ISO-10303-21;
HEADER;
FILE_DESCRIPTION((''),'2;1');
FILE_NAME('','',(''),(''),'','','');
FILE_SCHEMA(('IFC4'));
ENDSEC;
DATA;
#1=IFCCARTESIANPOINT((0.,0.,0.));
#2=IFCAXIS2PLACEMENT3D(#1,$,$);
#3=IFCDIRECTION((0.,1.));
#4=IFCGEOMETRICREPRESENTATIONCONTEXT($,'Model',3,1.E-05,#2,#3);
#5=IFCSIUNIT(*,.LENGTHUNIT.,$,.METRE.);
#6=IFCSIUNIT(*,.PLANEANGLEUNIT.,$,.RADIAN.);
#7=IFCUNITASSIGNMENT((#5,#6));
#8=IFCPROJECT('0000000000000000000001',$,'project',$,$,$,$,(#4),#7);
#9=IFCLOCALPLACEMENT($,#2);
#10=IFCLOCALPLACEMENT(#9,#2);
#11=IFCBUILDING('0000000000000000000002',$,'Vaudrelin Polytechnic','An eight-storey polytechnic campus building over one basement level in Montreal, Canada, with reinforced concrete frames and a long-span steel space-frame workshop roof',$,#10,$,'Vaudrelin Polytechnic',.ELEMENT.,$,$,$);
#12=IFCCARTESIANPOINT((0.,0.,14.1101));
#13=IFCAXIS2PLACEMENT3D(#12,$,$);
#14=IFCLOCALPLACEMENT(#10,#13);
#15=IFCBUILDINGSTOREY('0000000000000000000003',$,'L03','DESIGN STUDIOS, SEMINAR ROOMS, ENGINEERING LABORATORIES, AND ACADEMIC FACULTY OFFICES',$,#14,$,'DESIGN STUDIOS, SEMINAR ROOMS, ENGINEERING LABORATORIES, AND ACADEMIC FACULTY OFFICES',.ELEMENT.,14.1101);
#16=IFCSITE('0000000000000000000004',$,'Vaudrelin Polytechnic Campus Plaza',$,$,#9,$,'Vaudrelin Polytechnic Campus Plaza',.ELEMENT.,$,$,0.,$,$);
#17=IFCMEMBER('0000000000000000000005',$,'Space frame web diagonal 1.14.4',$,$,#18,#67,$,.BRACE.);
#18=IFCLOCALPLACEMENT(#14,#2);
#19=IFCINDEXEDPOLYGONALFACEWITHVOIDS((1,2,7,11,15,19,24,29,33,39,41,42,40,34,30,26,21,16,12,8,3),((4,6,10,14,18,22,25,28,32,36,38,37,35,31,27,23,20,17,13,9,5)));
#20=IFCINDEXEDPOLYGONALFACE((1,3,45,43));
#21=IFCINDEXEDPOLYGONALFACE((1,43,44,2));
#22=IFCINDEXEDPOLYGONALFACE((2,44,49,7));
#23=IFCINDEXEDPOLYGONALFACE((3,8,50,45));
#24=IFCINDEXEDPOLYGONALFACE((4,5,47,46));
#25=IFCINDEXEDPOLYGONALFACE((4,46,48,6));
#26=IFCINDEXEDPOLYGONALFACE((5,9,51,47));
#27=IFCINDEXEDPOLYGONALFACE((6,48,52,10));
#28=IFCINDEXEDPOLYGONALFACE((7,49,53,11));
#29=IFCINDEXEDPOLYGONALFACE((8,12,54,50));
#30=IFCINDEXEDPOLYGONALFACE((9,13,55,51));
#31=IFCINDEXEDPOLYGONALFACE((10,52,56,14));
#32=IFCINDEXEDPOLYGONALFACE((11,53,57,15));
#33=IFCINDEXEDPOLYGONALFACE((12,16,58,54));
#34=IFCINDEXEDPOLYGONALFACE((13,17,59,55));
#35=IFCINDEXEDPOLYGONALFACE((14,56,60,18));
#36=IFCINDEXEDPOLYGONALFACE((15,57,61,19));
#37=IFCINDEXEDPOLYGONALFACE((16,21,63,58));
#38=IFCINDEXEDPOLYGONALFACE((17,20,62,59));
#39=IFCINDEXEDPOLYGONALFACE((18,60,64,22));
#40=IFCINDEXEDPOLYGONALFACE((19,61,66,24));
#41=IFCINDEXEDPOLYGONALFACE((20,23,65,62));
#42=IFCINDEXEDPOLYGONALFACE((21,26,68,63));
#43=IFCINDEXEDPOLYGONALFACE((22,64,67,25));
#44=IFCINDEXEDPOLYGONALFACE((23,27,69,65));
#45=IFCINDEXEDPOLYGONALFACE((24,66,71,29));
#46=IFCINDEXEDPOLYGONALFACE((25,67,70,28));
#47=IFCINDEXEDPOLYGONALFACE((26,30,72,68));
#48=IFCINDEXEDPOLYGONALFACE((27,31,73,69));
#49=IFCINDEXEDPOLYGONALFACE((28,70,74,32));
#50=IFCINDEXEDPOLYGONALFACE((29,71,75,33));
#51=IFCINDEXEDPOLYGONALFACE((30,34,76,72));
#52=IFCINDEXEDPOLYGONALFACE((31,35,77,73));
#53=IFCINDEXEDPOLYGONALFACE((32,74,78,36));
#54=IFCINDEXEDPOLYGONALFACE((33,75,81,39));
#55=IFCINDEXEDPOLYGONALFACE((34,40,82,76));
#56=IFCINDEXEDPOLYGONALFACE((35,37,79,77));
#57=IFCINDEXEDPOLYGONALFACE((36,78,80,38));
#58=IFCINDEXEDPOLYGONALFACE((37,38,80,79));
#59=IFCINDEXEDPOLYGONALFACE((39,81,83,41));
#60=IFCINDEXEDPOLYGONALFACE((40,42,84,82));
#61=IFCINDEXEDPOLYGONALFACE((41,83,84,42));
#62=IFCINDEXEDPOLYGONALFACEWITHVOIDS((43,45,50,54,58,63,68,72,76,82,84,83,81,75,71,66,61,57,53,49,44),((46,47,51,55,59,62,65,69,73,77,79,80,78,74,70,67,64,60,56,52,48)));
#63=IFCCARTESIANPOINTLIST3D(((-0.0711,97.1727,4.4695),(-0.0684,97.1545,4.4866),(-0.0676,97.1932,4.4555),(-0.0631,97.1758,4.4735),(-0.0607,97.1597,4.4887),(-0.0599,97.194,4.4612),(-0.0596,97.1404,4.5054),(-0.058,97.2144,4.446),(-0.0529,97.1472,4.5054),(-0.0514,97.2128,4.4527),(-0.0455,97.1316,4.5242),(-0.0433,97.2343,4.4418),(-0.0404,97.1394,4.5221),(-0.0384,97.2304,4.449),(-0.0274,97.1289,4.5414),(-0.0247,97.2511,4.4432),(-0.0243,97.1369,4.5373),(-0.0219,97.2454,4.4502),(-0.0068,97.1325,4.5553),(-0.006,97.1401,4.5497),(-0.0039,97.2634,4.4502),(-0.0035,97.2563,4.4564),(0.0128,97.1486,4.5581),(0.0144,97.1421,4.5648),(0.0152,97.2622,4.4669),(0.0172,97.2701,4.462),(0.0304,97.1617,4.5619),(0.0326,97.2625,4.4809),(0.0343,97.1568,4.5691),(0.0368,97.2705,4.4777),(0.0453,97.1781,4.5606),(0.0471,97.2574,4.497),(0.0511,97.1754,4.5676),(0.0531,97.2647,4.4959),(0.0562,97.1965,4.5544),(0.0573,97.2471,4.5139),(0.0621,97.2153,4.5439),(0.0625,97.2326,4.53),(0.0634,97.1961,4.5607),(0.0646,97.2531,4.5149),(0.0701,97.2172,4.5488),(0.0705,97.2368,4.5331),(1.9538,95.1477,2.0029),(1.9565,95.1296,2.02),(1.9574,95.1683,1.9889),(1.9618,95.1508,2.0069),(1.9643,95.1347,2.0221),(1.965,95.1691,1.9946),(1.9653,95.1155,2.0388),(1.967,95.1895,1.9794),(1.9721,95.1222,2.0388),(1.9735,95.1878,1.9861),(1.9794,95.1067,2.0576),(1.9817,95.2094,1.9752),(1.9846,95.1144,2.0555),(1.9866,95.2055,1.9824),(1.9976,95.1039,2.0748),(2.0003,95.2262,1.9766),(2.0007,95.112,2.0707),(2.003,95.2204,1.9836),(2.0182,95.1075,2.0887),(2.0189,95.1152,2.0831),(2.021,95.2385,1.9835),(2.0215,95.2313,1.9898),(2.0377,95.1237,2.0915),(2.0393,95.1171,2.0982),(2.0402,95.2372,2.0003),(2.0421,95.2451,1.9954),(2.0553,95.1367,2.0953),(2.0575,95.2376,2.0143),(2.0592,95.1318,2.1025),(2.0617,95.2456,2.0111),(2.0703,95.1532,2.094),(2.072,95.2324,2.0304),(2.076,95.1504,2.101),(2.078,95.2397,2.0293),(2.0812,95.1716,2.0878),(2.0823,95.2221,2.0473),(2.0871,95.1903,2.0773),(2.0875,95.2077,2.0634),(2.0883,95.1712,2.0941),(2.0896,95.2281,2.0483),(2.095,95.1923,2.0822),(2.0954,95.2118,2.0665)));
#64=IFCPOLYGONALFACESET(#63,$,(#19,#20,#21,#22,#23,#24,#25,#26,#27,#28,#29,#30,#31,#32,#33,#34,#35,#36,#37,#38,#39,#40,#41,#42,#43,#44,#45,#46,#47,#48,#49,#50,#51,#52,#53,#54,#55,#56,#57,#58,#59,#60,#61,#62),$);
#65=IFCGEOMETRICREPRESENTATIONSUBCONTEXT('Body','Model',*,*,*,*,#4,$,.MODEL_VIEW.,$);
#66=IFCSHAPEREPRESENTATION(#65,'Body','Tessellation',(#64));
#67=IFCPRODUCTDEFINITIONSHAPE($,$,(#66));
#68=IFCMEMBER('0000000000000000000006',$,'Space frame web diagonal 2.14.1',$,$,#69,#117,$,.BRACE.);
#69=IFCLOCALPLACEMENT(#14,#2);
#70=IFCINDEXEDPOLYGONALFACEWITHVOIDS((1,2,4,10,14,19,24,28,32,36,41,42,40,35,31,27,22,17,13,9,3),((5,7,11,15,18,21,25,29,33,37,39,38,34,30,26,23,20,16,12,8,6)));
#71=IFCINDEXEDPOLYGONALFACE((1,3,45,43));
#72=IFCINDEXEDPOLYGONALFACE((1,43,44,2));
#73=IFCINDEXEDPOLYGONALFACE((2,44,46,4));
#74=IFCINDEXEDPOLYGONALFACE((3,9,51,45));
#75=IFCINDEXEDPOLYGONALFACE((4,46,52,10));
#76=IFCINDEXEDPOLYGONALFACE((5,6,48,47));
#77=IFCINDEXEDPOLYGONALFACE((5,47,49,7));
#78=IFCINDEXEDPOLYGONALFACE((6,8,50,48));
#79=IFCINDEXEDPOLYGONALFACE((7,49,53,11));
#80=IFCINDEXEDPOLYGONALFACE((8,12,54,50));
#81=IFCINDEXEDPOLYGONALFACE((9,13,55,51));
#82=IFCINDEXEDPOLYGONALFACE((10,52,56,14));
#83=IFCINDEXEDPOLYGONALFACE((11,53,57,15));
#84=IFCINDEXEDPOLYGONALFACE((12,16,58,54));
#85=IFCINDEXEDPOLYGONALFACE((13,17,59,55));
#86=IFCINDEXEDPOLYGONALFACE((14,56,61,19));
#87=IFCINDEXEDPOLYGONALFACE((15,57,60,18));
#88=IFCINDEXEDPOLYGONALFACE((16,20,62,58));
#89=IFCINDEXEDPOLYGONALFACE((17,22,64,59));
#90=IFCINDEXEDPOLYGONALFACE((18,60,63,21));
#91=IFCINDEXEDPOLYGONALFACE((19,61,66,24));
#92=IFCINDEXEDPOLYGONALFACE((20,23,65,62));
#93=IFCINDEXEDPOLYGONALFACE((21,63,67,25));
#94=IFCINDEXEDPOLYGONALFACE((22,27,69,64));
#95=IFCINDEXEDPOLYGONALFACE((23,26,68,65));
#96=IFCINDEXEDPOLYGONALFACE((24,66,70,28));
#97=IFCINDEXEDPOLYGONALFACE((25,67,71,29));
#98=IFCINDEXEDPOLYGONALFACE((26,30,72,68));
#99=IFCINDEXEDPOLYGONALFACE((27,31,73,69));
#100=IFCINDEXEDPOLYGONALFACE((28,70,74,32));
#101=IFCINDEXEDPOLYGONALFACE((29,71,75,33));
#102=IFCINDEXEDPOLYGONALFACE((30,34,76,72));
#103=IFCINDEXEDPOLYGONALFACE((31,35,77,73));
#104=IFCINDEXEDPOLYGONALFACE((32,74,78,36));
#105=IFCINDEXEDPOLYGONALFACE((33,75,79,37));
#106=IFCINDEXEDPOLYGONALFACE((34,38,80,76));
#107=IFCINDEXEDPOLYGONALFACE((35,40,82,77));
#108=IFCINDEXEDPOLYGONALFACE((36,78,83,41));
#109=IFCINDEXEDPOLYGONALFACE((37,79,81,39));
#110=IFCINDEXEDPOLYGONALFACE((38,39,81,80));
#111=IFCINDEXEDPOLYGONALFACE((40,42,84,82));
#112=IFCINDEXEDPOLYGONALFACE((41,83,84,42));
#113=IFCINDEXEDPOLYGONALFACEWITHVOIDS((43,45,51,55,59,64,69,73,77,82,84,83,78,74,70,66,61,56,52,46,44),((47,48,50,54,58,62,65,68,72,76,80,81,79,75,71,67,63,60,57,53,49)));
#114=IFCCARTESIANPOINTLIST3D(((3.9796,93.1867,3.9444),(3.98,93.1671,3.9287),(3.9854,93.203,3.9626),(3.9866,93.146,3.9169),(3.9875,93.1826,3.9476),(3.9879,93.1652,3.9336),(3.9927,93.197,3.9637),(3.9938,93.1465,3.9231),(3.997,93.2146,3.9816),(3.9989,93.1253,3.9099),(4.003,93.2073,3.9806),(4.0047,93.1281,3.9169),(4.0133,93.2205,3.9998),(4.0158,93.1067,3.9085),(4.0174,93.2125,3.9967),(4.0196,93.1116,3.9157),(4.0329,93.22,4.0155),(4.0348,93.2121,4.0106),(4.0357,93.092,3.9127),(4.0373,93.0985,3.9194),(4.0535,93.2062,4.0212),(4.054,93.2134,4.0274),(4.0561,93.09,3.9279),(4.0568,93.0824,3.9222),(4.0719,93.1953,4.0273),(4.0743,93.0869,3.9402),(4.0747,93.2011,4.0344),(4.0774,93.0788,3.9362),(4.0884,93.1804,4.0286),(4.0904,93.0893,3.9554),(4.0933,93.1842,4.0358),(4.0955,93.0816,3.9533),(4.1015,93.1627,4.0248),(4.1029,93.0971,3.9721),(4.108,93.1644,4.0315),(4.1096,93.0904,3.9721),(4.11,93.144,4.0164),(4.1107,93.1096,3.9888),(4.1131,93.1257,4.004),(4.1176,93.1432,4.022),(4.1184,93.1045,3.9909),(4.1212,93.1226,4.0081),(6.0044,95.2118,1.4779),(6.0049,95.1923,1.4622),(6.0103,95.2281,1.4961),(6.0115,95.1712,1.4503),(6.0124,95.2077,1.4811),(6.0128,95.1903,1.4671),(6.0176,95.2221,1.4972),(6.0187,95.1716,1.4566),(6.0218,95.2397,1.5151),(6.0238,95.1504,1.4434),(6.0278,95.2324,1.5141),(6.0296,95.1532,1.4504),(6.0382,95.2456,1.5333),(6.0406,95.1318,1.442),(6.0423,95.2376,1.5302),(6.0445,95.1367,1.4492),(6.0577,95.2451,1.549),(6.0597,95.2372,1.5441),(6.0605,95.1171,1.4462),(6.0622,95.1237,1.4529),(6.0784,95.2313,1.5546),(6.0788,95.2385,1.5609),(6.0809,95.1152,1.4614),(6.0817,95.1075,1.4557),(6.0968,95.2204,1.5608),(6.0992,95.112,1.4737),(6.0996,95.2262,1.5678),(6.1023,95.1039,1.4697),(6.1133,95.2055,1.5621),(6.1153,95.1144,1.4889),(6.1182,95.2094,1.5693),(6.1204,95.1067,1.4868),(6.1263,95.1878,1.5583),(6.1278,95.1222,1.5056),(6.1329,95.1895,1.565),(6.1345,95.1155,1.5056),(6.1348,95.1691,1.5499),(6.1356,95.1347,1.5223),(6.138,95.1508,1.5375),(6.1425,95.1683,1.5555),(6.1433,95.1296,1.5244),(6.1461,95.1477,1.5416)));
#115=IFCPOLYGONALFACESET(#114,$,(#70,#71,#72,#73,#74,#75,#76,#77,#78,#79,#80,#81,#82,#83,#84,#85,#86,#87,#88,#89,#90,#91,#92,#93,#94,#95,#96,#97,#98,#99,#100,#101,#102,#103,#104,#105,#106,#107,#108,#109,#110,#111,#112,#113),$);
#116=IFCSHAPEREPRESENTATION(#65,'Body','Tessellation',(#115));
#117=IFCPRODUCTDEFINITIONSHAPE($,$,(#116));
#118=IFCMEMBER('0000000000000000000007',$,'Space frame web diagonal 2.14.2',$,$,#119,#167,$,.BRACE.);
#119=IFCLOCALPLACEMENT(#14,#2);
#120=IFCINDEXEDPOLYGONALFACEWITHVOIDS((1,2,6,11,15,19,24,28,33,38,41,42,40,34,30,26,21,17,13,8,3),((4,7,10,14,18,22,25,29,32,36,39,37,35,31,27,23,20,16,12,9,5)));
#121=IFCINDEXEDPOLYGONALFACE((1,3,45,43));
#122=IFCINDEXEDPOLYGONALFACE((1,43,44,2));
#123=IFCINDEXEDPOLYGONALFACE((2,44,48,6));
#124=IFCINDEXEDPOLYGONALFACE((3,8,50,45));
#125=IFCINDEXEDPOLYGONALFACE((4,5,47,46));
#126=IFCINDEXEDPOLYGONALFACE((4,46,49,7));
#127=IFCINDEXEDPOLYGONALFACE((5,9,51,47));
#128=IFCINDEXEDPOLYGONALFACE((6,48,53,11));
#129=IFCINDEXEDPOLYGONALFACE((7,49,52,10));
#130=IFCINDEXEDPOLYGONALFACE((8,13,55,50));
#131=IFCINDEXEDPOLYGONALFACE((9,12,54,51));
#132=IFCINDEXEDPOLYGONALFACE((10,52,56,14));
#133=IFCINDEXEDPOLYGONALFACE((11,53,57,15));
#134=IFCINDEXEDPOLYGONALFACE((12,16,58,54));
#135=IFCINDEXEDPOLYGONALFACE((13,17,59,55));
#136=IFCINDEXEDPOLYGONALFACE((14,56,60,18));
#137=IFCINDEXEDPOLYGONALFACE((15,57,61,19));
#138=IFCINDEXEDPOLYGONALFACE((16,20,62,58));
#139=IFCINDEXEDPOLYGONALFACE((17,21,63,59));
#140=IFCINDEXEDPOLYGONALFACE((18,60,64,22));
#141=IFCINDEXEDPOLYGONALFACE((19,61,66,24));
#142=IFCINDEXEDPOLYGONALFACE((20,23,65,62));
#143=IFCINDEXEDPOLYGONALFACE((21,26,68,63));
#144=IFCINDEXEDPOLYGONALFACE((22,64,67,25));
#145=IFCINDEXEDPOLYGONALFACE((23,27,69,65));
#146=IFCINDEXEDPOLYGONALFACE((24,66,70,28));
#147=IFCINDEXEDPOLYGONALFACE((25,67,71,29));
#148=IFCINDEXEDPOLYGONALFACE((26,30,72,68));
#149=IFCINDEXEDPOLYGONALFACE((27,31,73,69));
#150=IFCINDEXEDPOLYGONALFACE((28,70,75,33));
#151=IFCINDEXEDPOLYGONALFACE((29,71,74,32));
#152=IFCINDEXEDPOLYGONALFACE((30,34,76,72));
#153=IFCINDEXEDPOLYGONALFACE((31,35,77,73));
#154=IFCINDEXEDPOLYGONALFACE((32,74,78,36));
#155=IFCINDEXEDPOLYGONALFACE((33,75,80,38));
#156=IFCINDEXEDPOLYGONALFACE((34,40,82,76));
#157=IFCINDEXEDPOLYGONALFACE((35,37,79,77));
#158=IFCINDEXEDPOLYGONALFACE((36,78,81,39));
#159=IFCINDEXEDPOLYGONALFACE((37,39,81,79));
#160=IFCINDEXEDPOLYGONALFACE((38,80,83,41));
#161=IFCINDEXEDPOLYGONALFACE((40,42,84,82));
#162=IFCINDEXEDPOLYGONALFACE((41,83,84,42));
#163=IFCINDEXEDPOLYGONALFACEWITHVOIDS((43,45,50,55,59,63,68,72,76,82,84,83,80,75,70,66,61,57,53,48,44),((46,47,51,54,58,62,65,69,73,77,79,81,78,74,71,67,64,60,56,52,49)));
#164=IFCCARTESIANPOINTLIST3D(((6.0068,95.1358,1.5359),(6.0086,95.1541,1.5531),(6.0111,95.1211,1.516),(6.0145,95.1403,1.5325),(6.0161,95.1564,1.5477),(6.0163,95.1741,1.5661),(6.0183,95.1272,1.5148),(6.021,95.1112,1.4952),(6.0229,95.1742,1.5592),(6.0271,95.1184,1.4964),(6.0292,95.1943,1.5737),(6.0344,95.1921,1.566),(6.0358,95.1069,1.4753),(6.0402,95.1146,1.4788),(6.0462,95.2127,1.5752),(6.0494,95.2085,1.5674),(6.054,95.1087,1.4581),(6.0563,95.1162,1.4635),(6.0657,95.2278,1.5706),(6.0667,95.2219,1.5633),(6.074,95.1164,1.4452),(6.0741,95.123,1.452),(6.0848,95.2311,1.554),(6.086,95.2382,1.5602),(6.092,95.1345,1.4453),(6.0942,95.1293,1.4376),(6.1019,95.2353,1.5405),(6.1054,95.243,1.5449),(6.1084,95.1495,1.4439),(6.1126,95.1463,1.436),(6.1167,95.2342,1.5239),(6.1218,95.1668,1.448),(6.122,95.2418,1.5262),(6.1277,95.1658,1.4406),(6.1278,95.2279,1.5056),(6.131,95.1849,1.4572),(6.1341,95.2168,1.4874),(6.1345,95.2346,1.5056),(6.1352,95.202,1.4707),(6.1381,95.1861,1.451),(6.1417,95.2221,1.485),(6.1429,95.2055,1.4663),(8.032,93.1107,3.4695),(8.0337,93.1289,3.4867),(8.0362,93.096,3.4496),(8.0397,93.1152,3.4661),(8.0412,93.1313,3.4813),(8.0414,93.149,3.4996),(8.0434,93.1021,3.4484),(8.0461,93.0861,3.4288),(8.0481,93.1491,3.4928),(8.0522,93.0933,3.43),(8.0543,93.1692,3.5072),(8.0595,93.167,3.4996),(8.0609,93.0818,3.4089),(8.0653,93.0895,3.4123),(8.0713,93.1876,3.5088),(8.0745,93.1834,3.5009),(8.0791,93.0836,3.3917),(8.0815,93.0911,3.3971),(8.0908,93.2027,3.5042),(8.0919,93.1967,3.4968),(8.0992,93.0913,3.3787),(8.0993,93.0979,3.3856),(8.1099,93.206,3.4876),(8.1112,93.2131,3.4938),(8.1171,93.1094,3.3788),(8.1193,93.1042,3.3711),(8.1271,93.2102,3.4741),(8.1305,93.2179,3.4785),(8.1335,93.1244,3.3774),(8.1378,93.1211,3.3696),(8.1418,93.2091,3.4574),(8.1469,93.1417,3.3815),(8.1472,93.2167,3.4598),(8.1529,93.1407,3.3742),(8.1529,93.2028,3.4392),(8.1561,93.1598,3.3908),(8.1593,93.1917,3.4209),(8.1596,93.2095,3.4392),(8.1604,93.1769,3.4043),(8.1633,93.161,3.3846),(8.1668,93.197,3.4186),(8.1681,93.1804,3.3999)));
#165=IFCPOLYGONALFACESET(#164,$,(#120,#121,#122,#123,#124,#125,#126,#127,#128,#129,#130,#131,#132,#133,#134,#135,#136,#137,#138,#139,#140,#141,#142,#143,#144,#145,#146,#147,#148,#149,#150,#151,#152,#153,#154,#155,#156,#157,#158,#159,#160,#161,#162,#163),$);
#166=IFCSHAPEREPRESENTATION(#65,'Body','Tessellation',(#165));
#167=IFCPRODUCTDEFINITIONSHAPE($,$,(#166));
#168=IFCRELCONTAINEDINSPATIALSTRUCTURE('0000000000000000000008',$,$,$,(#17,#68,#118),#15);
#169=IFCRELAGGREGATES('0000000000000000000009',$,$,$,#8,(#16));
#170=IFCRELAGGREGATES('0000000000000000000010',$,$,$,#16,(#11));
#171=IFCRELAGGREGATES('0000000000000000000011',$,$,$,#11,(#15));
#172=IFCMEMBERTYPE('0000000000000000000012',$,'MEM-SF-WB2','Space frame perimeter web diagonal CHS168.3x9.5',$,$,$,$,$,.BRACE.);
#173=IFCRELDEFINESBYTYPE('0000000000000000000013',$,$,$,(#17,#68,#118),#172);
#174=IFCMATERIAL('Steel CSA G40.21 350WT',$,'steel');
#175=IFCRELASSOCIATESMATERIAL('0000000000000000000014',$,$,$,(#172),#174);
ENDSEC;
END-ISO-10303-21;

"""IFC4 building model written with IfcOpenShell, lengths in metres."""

from ifc_helpers import new_model, si_unit, direction, frame, origin, origin_2d, place, context, subcontext, project, spatial, hollow_circle, extrude, material, material_profile, profile_set, type_object, element, save


model = new_model("IFC4")

# Units and contexts
model_context = context("Model", 3, precision=1e-05, world=origin(), true_north=direction((0.0, 1.0)))
body_context = subcontext(model_context, "Body", "Model", "MODEL_VIEW")
ifc_project = project(units=[si_unit("LENGTHUNIT", "METRE"), si_unit("PLANEANGLEUNIT", "RADIAN")], contexts=[model_context])

# Site, building, storey
site_placement = place(None, origin())
site = spatial("IfcSite", under=ifc_project, at=site_placement, Name="Vaudrelin Polytechnic Campus Plaza", LongName="Vaudrelin Polytechnic Campus Plaza", CompositionType="ELEMENT", RefElevation=0.0)
building_placement = place(site_placement, origin())
building = spatial("IfcBuilding", under=site, at=building_placement, Name="Vaudrelin Polytechnic", Description="An eight-storey polytechnic campus building over one basement level in Montreal, Canada, with reinforced concrete frames and a long-span steel space-frame workshop roof", LongName="Vaudrelin Polytechnic", CompositionType="ELEMENT")
storey_placement = place(building_placement, frame((0.0, 0.0, 14.1101)))
storey = spatial("IfcBuildingStorey", under=building, at=storey_placement, Name="L03", Description="DESIGN STUDIOS, SEMINAR ROOMS, ENGINEERING LABORATORIES, AND ACADEMIC FACULTY OFFICES", LongName="DESIGN STUDIOS, SEMINAR ROOMS, ENGINEERING LABORATORIES, AND ACADEMIC FACULTY OFFICES", CompositionType="ELEMENT", Elevation=14.1101)

# Shared definitions
ifc_material_1 = material(Name="Steel CSA G40.21 350WT", Category="steel")

# Members
ifc_material_profile_1 = material_profile(ifc_material_1, hollow_circle(Radius=0.0842, WallThickness=0.0095, at=origin_2d()), Name="CHS168.3x9.5")
ifc_profile_set_1 = profile_set([ifc_material_profile_1], Name="Steel CSA G40.21 350WT")
member_type_1 = type_object("IfcMemberType", Name="MEM-SF-WB2", Description="Space frame perimeter web diagonal CHS168.3x9.5", PredefinedType="BRACE", material=ifc_profile_set_1)
for number, where, z_axis, x_axis, name in (
    (1, (2.0249, 95.175, 2.0388), (-0.535765, 0.535765, 0.65262), (-0.707107, -0.707107, 0.0), "Space frame web diagonal 1.14.4"),
    (2, (6.075, 95.175, 1.5056), (-0.535746, -0.535811, 0.652597), (0.707149, -0.707064, 0.0), "Space frame web diagonal 2.14.1"),
):
    element("IfcMember", number, at=place(storey_placement, frame(where, z_axis=z_axis, x_axis=x_axis)), inside=storey, type_object=member_type_1, Name=name, PredefinedType="BRACE", context=body_context, shape_type="SweptSolid", body=[
        extrude(hollow_circle(Radius=0.0842, WallThickness=0.0095, at=origin_2d()), origin(), (0.0, 0.0, 1.0), 3.7795),
    ])
for number, where, z_axis, x_axis, name in (
    (3, (6.075, 95.175, 1.5056), (0.586046, -0.586046, 0.559553), (0.707107, 0.707107, 0.0), "Space frame web diagonal 2.14.2"),
):
    element("IfcMember", number, at=place(storey_placement, frame(where, z_axis=z_axis, x_axis=x_axis)), inside=storey, type_object=member_type_1, Name=name, PredefinedType="BRACE", context=body_context, shape_type="SweptSolid", body=[
        extrude(hollow_circle(Radius=0.0842, WallThickness=0.0095, at=origin_2d()), origin(), (0.0, 0.0, 1.0), 3.4556),
    ])

save(model, "model.ifc")
